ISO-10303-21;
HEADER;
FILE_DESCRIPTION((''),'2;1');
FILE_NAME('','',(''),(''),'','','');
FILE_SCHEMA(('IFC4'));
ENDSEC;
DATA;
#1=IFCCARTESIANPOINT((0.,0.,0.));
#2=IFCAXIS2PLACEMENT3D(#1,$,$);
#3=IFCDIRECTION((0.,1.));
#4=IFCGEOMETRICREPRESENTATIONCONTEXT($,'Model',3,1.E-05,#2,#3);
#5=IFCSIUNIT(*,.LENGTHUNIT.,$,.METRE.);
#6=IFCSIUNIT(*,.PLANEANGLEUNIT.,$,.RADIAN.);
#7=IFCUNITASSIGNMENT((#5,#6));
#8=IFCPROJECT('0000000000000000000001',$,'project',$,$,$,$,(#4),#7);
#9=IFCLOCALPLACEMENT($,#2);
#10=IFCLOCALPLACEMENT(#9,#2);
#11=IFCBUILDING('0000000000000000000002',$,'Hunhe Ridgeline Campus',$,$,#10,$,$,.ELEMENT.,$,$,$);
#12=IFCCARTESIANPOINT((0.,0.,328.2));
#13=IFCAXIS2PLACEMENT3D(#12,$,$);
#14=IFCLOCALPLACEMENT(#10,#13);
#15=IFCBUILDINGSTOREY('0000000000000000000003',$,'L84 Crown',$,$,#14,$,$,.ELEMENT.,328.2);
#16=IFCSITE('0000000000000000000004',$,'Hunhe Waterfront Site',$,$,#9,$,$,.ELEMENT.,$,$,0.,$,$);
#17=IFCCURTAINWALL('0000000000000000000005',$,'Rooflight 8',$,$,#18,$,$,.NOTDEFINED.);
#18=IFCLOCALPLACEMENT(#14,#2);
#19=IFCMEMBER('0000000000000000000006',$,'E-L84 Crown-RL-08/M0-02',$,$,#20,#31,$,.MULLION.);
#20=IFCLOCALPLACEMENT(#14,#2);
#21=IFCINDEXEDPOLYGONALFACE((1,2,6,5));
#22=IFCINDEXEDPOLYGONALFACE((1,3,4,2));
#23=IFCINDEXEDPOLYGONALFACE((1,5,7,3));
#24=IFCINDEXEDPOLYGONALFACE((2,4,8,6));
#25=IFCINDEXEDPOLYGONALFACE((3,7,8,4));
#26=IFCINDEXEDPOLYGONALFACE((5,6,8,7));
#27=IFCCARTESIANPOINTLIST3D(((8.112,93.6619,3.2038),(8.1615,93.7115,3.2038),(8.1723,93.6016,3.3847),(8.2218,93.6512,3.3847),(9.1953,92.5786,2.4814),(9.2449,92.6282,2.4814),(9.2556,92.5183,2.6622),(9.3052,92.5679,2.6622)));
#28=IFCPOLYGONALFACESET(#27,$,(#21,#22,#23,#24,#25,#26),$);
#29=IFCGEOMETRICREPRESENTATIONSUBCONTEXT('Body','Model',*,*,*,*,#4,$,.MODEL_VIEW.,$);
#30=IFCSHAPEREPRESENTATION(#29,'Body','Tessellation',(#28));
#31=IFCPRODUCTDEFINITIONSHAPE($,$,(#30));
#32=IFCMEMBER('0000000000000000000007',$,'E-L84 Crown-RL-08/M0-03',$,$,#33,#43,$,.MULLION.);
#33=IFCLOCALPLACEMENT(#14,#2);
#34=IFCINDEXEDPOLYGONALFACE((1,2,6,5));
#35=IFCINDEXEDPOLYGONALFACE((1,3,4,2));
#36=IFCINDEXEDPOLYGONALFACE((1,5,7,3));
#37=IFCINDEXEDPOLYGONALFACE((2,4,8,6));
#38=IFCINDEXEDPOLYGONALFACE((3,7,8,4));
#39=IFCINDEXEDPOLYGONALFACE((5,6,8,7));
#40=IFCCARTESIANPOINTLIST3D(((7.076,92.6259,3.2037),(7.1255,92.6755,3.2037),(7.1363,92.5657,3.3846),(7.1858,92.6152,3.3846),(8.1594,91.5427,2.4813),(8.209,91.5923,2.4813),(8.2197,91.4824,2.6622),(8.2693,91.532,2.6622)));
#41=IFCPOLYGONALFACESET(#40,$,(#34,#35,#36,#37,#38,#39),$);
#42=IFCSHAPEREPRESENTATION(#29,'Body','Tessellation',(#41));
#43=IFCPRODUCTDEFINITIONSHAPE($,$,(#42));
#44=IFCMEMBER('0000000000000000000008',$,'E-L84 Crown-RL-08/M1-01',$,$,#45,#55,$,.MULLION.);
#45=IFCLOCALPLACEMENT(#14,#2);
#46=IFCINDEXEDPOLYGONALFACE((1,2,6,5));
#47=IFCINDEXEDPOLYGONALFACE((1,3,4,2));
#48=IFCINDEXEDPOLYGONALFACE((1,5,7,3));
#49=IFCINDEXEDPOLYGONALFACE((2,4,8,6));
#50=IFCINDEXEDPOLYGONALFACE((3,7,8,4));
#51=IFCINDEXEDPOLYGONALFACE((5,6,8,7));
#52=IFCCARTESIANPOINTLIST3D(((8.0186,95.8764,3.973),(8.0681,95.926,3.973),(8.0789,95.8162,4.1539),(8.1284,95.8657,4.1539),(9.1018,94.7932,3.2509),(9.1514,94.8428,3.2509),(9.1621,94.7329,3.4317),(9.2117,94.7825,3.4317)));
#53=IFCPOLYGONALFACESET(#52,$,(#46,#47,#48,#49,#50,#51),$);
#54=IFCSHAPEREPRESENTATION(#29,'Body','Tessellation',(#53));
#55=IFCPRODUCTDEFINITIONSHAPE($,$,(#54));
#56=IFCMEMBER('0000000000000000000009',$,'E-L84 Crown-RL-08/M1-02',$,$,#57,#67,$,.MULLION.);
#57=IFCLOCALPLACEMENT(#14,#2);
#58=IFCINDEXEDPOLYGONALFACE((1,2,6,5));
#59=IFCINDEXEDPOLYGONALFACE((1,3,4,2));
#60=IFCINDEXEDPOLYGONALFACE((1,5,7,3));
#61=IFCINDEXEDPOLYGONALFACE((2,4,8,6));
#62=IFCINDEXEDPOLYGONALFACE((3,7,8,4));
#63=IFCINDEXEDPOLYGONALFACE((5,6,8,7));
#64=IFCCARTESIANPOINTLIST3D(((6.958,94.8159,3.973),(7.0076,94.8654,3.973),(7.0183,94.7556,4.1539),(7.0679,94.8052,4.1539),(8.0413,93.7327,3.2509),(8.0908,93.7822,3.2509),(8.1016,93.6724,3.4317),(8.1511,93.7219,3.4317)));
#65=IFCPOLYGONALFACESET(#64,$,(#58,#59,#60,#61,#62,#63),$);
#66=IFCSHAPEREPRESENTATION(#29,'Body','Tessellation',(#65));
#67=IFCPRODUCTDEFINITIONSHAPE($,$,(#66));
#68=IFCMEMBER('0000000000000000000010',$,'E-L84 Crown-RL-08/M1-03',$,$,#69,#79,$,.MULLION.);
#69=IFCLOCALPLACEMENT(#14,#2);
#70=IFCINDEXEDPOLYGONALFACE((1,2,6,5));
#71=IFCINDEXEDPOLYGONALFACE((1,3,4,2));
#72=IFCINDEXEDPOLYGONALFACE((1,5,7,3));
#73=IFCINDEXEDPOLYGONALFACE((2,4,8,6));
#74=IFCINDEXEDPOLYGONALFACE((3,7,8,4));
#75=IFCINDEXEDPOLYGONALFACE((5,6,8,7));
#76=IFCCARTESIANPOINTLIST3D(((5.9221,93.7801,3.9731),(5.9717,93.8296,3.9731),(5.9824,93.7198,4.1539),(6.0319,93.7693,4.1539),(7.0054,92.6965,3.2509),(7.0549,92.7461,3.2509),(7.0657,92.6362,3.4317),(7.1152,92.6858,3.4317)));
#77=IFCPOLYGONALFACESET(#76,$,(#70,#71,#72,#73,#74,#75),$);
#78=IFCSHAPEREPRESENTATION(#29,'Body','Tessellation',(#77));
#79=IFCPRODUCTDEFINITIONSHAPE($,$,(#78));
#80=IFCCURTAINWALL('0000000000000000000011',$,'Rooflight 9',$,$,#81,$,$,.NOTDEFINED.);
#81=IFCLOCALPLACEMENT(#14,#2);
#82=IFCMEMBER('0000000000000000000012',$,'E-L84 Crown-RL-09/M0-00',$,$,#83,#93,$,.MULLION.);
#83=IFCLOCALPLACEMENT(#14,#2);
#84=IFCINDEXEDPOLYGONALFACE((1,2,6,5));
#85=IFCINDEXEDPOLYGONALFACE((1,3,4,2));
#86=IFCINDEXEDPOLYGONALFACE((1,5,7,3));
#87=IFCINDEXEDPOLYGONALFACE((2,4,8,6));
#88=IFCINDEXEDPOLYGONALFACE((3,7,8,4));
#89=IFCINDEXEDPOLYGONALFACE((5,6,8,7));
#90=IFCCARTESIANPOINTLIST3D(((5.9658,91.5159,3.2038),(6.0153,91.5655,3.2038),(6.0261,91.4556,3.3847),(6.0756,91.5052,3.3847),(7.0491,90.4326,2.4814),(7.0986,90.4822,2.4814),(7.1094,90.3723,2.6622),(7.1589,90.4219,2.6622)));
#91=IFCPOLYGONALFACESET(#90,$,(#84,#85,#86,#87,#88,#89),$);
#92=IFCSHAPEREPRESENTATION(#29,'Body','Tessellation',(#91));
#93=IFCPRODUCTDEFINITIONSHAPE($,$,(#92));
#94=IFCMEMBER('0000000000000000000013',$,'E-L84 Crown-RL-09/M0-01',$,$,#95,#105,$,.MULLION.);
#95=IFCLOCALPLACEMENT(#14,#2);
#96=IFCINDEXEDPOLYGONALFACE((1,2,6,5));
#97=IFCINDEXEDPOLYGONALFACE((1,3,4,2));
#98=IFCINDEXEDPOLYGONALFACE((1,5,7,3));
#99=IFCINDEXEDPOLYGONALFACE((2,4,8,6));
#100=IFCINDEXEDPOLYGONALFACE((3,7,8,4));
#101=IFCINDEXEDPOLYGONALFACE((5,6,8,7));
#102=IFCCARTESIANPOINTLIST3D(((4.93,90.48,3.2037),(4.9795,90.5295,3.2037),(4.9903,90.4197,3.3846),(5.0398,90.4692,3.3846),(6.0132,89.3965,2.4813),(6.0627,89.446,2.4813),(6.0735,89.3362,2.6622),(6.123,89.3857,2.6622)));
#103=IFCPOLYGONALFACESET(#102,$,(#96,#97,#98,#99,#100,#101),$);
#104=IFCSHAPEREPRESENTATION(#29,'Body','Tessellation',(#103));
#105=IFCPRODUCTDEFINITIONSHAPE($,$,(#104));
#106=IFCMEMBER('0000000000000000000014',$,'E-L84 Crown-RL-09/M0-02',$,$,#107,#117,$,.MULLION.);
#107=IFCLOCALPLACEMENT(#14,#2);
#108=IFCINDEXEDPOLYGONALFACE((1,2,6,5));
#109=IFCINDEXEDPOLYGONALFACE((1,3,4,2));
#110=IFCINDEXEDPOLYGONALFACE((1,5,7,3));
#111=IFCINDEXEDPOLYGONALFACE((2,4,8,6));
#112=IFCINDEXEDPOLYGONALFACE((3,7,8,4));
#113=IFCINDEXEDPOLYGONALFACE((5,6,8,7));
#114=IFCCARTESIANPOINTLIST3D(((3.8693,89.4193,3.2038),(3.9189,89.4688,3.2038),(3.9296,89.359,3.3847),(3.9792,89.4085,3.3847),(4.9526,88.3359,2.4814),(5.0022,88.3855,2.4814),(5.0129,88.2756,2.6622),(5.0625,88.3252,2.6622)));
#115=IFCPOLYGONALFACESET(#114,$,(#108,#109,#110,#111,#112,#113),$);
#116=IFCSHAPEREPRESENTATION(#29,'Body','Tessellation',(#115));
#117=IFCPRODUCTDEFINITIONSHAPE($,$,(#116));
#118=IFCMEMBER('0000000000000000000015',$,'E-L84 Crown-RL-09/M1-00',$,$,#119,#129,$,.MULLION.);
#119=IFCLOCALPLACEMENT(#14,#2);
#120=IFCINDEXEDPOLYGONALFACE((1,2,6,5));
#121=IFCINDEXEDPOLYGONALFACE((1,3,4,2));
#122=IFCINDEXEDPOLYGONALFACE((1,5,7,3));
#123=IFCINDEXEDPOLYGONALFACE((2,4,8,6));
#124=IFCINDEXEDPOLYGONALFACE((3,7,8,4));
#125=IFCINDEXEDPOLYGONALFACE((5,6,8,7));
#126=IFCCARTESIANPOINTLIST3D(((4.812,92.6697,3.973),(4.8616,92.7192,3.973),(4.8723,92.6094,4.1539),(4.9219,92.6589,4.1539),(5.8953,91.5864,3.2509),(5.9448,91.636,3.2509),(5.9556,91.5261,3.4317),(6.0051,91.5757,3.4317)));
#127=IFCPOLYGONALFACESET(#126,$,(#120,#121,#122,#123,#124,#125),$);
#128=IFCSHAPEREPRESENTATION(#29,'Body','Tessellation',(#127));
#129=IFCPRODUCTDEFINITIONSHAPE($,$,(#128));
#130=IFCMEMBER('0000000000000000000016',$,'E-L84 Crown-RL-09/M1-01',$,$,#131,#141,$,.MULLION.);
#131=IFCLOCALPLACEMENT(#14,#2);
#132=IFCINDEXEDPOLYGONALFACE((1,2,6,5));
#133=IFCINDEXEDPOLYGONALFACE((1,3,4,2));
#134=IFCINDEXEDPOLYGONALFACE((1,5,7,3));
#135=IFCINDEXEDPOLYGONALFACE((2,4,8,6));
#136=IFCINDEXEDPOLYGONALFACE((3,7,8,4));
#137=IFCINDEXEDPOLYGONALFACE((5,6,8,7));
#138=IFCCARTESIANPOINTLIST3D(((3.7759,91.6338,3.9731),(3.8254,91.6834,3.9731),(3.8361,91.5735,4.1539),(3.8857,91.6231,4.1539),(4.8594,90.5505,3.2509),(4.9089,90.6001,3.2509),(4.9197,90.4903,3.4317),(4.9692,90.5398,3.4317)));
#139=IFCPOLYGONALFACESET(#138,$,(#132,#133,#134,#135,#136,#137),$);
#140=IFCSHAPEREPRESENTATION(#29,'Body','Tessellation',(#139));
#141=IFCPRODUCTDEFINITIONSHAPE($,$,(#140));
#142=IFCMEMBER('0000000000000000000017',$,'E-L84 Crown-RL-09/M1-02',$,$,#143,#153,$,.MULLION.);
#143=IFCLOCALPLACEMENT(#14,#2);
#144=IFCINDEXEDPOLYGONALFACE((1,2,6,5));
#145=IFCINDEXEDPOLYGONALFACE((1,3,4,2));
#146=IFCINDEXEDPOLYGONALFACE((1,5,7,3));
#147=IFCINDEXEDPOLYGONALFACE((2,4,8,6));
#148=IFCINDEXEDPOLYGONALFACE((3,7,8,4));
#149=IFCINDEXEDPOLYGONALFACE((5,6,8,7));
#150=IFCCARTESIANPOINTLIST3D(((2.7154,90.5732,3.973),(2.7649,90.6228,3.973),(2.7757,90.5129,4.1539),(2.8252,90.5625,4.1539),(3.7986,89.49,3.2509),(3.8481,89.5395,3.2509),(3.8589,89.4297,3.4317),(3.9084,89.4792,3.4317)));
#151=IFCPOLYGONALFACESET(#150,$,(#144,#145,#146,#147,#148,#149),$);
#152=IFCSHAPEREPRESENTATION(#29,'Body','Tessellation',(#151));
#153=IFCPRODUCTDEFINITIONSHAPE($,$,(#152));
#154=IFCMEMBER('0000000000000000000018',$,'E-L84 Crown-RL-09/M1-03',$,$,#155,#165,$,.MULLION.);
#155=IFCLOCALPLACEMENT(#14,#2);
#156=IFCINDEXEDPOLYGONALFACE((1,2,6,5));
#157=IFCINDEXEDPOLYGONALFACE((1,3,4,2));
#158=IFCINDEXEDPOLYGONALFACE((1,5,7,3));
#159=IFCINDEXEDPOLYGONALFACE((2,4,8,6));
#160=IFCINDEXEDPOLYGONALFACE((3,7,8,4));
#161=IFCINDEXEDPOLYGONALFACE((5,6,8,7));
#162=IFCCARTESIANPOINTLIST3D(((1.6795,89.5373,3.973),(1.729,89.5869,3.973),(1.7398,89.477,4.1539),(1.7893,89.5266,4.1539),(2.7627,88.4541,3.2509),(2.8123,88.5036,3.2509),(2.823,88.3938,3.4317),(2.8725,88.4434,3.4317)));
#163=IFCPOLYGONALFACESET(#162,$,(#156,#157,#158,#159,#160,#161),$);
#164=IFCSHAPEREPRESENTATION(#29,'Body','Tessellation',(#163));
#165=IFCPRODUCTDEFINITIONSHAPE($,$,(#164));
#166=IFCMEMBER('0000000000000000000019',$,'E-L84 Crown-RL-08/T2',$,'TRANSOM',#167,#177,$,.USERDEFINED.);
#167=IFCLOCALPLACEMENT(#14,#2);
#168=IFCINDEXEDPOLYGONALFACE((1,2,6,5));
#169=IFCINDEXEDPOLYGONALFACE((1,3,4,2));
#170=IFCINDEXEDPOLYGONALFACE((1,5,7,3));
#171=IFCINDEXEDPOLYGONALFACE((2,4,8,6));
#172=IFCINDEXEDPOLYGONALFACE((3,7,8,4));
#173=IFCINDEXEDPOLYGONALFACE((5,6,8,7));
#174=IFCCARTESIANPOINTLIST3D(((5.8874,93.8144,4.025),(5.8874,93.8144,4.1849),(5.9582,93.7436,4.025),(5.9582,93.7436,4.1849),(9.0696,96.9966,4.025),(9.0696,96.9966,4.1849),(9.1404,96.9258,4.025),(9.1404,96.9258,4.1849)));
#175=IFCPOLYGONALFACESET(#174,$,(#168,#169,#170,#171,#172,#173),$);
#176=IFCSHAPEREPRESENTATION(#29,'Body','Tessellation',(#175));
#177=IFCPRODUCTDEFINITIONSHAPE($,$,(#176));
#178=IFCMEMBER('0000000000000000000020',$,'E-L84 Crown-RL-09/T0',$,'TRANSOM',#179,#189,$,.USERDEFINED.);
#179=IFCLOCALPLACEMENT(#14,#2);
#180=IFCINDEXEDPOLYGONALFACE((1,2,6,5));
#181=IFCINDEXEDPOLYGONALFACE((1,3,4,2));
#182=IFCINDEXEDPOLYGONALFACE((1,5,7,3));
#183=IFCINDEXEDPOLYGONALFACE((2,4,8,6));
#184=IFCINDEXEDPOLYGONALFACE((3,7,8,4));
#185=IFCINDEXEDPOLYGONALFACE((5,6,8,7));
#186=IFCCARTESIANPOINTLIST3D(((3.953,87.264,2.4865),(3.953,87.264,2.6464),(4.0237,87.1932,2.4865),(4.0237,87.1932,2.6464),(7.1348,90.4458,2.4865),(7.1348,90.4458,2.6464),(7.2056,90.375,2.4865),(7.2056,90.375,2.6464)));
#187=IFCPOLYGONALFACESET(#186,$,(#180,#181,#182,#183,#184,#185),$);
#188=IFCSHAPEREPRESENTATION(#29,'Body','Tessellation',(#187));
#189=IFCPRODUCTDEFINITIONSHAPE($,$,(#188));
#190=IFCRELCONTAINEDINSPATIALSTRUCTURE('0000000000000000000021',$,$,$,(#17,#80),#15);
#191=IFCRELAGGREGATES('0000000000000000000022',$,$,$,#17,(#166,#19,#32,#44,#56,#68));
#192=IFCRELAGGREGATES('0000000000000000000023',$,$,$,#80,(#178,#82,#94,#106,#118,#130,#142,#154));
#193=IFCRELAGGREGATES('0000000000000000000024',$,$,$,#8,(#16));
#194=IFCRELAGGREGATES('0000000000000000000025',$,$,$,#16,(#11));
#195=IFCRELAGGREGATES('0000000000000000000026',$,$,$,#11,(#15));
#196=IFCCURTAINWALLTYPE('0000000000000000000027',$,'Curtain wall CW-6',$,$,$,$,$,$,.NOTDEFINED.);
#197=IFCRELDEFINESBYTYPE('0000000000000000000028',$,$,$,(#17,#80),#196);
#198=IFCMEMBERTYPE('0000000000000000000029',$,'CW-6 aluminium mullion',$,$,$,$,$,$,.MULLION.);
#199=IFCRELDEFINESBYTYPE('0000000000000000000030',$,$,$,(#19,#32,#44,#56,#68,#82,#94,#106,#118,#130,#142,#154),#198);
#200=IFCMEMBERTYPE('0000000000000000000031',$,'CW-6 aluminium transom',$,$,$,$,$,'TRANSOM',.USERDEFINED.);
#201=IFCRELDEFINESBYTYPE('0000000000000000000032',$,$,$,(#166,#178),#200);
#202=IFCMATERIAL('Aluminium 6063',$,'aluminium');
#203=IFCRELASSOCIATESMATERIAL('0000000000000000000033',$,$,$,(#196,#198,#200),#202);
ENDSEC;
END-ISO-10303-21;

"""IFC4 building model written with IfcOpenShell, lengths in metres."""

from ifc_helpers import new_model, si_unit, direction, frame, origin, origin_2d, place, context, subcontext, project, spatial, rectangle, extrude, material, material_profile, profile_set, type_object, element, aggregate, save


model = new_model("IFC4")

# Units and contexts
model_context = context("Model", 3, precision=1e-05, world=origin(), true_north=direction((0.0, 1.0)))
body_context = subcontext(model_context, "Body", "Model", "MODEL_VIEW")
ifc_project = project(units=[si_unit("LENGTHUNIT", "METRE"), si_unit("PLANEANGLEUNIT", "RADIAN")], contexts=[model_context])

# Site, building, storey
site_placement = place(None, origin())
site = spatial("IfcSite", under=ifc_project, at=site_placement, Name="Hunhe Waterfront Site", CompositionType="ELEMENT", RefElevation=0.0)
building_placement = place(site_placement, origin())
building = spatial("IfcBuilding", under=site, at=building_placement, Name="Hunhe Ridgeline Campus", CompositionType="ELEMENT")
storey_placement = place(building_placement, frame((0.0, 0.0, 328.2)))
storey = spatial("IfcBuildingStorey", under=building, at=storey_placement, Name="L84 Crown", CompositionType="ELEMENT", Elevation=328.2)

# Curtain walls, members
ifc_material_1 = material(Name="Aluminium 6063", Category="aluminium")
curtain_wall_type = type_object("IfcCurtainWallType", Name="Curtain wall CW-6", PredefinedType="NOTDEFINED", material=ifc_material_1)
curtain_wall_1_placement = place(storey_placement, origin())
curtain_wall_1 = element("IfcCurtainWall", 1, at=curtain_wall_1_placement, inside=storey, type_object=curtain_wall_type, Name="Rooflight 8", PredefinedType="NOTDEFINED")
ifc_material_profile_1 = material_profile(ifc_material_1, rectangle(XDim=0.0701, YDim=0.2, at=origin_2d()))
ifc_profile_set_1 = profile_set([ifc_material_profile_1], Name="Aluminium 6063")
member_type_1 = type_object("IfcMemberType", Name="CW-6 aluminium mullion", PredefinedType="MULLION", material=ifc_profile_set_1)
member_1_placement = place(storey_placement, frame((9.2502, 92.5732, 2.5718), z_axis=(-0.639563, 0.639563, 0.426519), x_axis=(-0.707107, -0.707107, 0.0)))
member_1 = element("IfcMember", 2, at=member_1_placement, type_object=member_type_1, Name="E-L84 Crown-RL-08/M0-02", PredefinedType="MULLION", context=body_context, shape_type="SweptSolid", body=[
    extrude(rectangle(XDim=0.0701, YDim=0.2, at=origin_2d()), origin(), (0.0, 0.0, 1.0), 1.6938),
])
member_2_placement = place(storey_placement, frame((8.2144, 91.5374, 2.5718), z_axis=(-0.639648, 0.639504, 0.42648), x_axis=(-0.707027, -0.707186, 0.0)))
member_2 = element("IfcMember", 3, at=member_2_placement, type_object=member_type_1, Name="E-L84 Crown-RL-08/M0-03", PredefinedType="MULLION", context=body_context, shape_type="SweptSolid", body=[
    extrude(rectangle(XDim=0.0701, YDim=0.2, at=origin_2d()), origin(), (0.0, 0.0, 1.0), 1.6938),
])
member_3_placement = place(storey_placement, frame((9.1567, 94.7878, 3.3413), z_axis=(-0.639602, 0.639602, 0.426401), x_axis=(-0.707107, -0.707107, 0.0)))
member_3 = element("IfcMember", 4, at=member_3_placement, type_object=member_type_1, Name="E-L84 Crown-RL-08/M1-01", PredefinedType="MULLION", context=body_context, shape_type="SweptSolid", body=[
    extrude(rectangle(XDim=0.0701, YDim=0.2, at=origin_2d()), origin(), (0.0, 0.0, 1.0), 1.6936),
])
member_4_placement = place(storey_placement, frame((8.0962, 93.7273, 3.3413), z_axis=(-0.639602, 0.639602, 0.426401), x_axis=(-0.707107, -0.707107, 0.0)))
member_4 = element("IfcMember", 5, at=member_4_placement, type_object=member_type_1, Name="E-L84 Crown-RL-08/M1-02", PredefinedType="MULLION", context=body_context, shape_type="SweptSolid", body=[
    extrude(rectangle(XDim=0.0701, YDim=0.2, at=origin_2d()), origin(), (0.0, 0.0, 1.0), 1.6936),
])
member_5_placement = place(storey_placement, frame((7.0603, 92.6912, 3.3413), z_axis=(-0.639543, 0.639687, 0.426362), x_axis=(-0.707186, -0.707027, 0.0)))
member_5 = element("IfcMember", 6, at=member_5_placement, type_object=member_type_1, Name="E-L84 Crown-RL-08/M1-03", PredefinedType="MULLION", context=body_context, shape_type="SweptSolid", body=[
    extrude(rectangle(XDim=0.0701, YDim=0.2, at=origin_2d()), origin(), (0.0, 0.0, 1.0), 1.6938),
])
curtain_wall_2_placement = place(storey_placement, origin())
curtain_wall_2 = element("IfcCurtainWall", 7, at=curtain_wall_2_placement, inside=storey, type_object=curtain_wall_type, Name="Rooflight 9", PredefinedType="NOTDEFINED")
member_6_placement = place(storey_placement, frame((7.104, 90.4272, 2.5718), z_axis=(-0.639563, 0.639563, 0.426519), x_axis=(-0.707107, -0.707107, 0.0)))
member_6 = element("IfcMember", 8, at=member_6_placement, type_object=member_type_1, Name="E-L84 Crown-RL-09/M0-00", PredefinedType="MULLION", context=body_context, shape_type="SweptSolid", body=[
    extrude(rectangle(XDim=0.0701, YDim=0.2, at=origin_2d()), origin(), (0.0, 0.0, 1.0), 1.6938),
])
member_7_placement = place(storey_placement, frame((6.0681, 89.3911, 2.5718), z_axis=(-0.639504, 0.639648, 0.42648), x_axis=(-0.707186, -0.707027, 0.0)))
member_7 = element("IfcMember", 9, at=member_7_placement, type_object=member_type_1, Name="E-L84 Crown-RL-09/M0-01", PredefinedType="MULLION", context=body_context, shape_type="SweptSolid", body=[
    extrude(rectangle(XDim=0.0701, YDim=0.2, at=origin_2d()), origin(), (0.0, 0.0, 1.0), 1.6938),
])
member_8_placement = place(storey_placement, frame((5.0076, 88.3306, 2.5718), z_axis=(-0.639563, 0.639563, 0.426519), x_axis=(-0.707107, -0.707107, 0.0)))
member_8 = element("IfcMember", 10, at=member_8_placement, type_object=member_type_1, Name="E-L84 Crown-RL-09/M0-02", PredefinedType="MULLION", context=body_context, shape_type="SweptSolid", body=[
    extrude(rectangle(XDim=0.0701, YDim=0.2, at=origin_2d()), origin(), (0.0, 0.0, 1.0), 1.6938),
])
member_9_placement = place(storey_placement, frame((5.9502, 91.5811, 3.3413), z_axis=(-0.639602, 0.639602, 0.426401), x_axis=(-0.707107, -0.707107, 0.0)))
member_9 = element("IfcMember", 11, at=member_9_placement, type_object=member_type_1, Name="E-L84 Crown-RL-09/M1-00", PredefinedType="MULLION", context=body_context, shape_type="SweptSolid", body=[
    extrude(rectangle(XDim=0.0701, YDim=0.2, at=origin_2d()), origin(), (0.0, 0.0, 1.0), 1.6936),
])
member_10_placement = place(storey_placement, frame((4.9143, 90.5452, 3.3413), z_axis=(-0.639687, 0.639543, 0.426362), x_axis=(-0.707027, -0.707186, 0.0)))
member_10 = element("IfcMember", 12, at=member_10_placement, type_object=member_type_1, Name="E-L84 Crown-RL-09/M1-01", PredefinedType="MULLION", context=body_context, shape_type="SweptSolid", body=[
    extrude(rectangle(XDim=0.0701, YDim=0.2, at=origin_2d()), origin(), (0.0, 0.0, 1.0), 1.6938),
])
member_11_placement = place(storey_placement, frame((3.8535, 89.4846, 3.3413), z_axis=(-0.639602, 0.639602, 0.426401), x_axis=(-0.707107, -0.707107, 0.0)))
member_11 = element("IfcMember", 13, at=member_11_placement, type_object=member_type_1, Name="E-L84 Crown-RL-09/M1-02", PredefinedType="MULLION", context=body_context, shape_type="SweptSolid", body=[
    extrude(rectangle(XDim=0.0701, YDim=0.2, at=origin_2d()), origin(), (0.0, 0.0, 1.0), 1.6936),
])
member_12_placement = place(storey_placement, frame((2.8176, 88.4487, 3.3413), z_axis=(-0.639602, 0.639602, 0.426401), x_axis=(-0.707107, -0.707107, 0.0)))
member_12 = element("IfcMember", 14, at=member_12_placement, type_object=member_type_1, Name="E-L84 Crown-RL-09/M1-03", PredefinedType="MULLION", context=body_context, shape_type="SweptSolid", body=[
    extrude(rectangle(XDim=0.0701, YDim=0.2, at=origin_2d()), origin(), (0.0, 0.0, 1.0), 1.6936),
])

# Members
ifc_material_profile_2 = material_profile(ifc_material_1, rectangle(XDim=0.1001, YDim=0.1599, at=origin_2d()))
ifc_profile_set_2 = profile_set([ifc_material_profile_2], Name="Aluminium 6063")
member_type_2 = type_object("IfcMemberType", Name="CW-6 aluminium transom", ElementType="TRANSOM", PredefinedType="USERDEFINED", material=ifc_profile_set_2)
member_13_placement = place(storey_placement, frame((9.105, 96.9612, 4.105), z_axis=(-0.707107, -0.707107, 0.0), x_axis=(0.707107, -0.707107, 0.0)))
member_13 = element("IfcMember", 15, at=member_13_placement, type_object=member_type_2, Name="E-L84 Crown-RL-08/T2", ObjectType="TRANSOM", PredefinedType="USERDEFINED", context=body_context, shape_type="SweptSolid", body=[
    extrude(rectangle(XDim=0.1001, YDim=0.1599, at=origin_2d()), origin(), (0.0, 0.0, 1.0), 4.5002),
])
member_14_placement = place(storey_placement, frame((7.1702, 90.4104, 2.5664), z_axis=(-0.707107, -0.707107, 0.0), x_axis=(0.707107, -0.707107, 0.0)))
member_14 = element("IfcMember", 16, at=member_14_placement, type_object=member_type_2, Name="E-L84 Crown-RL-09/T0", ObjectType="TRANSOM", PredefinedType="USERDEFINED", context=body_context, shape_type="SweptSolid", body=[
    extrude(rectangle(XDim=0.1001, YDim=0.1599, at=origin_2d()), origin(), (0.0, 0.0, 1.0), 4.4998),
])

aggregate(curtain_wall_1, [member_13, member_1, member_2, member_3, member_4, member_5])
aggregate(curtain_wall_2, [member_14, member_6, member_7, member_8, member_9, member_10, member_11, member_12])

save(model, "model.ifc")
